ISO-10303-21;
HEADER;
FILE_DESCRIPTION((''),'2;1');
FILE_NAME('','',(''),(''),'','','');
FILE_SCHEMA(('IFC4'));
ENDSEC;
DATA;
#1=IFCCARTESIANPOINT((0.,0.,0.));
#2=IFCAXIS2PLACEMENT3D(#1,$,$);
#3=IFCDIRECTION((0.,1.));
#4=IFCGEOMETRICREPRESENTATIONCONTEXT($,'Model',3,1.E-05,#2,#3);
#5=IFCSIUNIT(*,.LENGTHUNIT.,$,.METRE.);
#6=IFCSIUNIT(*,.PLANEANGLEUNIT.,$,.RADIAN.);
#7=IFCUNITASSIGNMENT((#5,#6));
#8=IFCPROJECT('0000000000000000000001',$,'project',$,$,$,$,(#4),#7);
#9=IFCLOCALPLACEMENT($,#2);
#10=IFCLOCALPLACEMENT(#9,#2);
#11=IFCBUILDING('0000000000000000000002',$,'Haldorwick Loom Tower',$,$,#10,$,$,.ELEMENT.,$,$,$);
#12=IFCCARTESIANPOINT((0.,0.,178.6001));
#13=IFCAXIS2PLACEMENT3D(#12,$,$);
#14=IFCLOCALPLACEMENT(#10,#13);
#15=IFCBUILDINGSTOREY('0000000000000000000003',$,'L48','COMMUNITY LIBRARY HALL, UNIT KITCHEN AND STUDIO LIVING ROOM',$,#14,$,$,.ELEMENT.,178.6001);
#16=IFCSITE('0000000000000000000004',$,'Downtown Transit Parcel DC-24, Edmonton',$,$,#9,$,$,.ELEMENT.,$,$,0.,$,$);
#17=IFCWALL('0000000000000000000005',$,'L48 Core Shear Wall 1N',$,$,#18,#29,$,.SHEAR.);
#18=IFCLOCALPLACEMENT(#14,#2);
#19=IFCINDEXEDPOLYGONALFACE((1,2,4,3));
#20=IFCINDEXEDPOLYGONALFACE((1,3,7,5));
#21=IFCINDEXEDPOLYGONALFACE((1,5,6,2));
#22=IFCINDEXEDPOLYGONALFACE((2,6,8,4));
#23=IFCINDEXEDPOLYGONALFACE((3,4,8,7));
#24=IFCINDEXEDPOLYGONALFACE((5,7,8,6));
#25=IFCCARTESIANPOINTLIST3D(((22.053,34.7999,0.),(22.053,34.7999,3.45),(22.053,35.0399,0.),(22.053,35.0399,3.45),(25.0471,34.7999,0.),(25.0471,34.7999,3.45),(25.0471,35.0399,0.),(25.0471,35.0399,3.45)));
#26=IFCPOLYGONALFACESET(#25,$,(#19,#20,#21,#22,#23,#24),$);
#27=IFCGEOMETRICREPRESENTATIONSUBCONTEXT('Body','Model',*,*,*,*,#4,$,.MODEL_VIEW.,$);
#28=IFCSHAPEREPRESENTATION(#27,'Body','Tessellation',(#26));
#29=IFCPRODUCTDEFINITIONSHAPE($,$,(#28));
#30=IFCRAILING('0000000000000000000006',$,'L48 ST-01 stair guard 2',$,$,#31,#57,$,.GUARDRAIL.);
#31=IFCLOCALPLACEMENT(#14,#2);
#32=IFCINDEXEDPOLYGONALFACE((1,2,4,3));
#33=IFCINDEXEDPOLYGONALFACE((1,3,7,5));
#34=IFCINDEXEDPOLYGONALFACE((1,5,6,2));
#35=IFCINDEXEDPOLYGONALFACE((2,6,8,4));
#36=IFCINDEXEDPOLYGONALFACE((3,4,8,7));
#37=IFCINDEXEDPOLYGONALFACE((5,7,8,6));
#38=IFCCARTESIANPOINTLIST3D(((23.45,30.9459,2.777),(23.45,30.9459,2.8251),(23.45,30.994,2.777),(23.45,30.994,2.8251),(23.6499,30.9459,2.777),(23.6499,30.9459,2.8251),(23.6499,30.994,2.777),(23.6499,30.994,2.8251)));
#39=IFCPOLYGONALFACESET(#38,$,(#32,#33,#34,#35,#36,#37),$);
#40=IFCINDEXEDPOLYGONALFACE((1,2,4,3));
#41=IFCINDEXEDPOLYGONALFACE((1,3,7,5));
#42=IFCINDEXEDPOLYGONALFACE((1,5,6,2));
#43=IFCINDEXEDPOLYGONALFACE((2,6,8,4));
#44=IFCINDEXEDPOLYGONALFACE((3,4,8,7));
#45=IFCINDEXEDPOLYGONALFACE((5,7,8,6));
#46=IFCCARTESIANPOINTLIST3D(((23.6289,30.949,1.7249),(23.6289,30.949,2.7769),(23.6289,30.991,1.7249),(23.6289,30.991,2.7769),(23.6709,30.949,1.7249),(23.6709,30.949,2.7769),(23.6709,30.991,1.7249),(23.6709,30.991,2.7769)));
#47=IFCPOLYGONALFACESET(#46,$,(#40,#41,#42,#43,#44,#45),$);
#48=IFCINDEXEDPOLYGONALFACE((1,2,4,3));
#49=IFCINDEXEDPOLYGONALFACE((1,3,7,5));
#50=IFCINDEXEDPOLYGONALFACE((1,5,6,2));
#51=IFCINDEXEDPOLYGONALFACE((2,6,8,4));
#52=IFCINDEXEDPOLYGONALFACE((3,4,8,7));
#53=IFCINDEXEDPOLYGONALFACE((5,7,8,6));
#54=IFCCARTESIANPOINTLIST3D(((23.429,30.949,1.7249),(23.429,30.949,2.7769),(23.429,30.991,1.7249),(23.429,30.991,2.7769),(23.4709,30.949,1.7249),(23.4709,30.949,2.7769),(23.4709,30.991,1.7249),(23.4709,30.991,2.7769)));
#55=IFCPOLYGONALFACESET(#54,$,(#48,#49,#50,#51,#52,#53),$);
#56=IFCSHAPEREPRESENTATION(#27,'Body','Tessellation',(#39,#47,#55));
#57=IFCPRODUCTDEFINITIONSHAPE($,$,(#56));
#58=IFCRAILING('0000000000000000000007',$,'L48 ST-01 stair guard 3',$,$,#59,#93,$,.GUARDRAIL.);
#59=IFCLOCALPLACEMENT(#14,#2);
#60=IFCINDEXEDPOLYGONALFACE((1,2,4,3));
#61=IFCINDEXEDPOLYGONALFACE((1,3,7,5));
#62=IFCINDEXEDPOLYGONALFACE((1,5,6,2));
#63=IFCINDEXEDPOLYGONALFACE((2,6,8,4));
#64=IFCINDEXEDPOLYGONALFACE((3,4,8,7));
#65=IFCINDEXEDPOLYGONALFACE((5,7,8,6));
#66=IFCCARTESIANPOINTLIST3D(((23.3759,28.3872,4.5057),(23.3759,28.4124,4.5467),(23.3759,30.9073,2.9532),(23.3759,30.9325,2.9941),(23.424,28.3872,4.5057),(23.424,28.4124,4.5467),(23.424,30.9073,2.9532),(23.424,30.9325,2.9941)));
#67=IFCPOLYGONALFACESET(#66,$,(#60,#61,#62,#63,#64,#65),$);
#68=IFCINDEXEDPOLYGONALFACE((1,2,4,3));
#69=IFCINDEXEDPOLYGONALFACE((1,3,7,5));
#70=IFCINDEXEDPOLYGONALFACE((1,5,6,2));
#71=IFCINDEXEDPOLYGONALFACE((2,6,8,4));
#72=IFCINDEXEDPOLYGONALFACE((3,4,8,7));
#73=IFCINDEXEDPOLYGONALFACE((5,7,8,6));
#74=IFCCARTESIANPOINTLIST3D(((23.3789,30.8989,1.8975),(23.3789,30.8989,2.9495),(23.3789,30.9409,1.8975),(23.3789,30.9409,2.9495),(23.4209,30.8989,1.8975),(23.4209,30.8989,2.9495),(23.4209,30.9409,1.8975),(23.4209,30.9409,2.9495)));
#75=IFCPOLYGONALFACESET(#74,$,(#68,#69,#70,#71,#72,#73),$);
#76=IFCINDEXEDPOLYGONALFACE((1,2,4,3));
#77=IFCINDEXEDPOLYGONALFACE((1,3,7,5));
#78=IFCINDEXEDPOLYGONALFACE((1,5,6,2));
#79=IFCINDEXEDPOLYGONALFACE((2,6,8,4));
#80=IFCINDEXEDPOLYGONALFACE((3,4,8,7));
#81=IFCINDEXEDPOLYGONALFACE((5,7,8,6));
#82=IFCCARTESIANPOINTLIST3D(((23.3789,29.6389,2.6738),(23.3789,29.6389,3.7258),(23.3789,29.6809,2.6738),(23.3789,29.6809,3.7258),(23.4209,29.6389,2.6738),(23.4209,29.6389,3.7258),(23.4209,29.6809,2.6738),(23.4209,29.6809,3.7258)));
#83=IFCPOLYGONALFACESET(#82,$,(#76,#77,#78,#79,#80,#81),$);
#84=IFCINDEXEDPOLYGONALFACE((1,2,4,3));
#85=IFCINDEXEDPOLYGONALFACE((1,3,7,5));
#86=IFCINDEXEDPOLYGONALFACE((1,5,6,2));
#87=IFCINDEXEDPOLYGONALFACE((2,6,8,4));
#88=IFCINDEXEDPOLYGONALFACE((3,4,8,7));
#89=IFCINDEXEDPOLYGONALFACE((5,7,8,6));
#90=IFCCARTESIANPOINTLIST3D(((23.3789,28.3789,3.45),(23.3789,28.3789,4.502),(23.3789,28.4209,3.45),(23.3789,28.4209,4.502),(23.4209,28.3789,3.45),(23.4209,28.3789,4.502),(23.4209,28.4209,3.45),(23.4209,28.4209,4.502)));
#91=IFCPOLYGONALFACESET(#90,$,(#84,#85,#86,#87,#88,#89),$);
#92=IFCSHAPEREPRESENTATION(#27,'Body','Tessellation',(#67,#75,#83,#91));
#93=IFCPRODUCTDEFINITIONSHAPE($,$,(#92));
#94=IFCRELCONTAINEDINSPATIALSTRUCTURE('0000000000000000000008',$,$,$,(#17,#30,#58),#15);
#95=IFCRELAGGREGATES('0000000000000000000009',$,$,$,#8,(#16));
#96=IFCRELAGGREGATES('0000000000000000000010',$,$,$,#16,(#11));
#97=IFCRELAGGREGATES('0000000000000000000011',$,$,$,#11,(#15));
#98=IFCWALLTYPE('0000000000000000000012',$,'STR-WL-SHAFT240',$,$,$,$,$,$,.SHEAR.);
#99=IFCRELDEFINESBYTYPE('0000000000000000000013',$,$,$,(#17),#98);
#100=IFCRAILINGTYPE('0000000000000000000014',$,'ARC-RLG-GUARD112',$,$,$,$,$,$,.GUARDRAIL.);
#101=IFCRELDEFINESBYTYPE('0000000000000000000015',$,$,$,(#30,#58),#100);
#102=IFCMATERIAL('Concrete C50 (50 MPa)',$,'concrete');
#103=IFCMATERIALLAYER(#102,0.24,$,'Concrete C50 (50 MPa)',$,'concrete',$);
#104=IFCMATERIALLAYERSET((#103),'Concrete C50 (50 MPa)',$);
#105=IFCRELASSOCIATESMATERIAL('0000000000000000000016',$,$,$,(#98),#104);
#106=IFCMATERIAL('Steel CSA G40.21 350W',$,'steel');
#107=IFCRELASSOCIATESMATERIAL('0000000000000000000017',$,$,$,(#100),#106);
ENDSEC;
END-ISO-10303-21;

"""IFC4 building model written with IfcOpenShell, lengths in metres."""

from ifc_helpers import new_model, si_unit, direction, frame, frame_2d, origin, origin_2d, place, context, subcontext, project, spatial, rectangle, extrude, material, layer, layer_set, type_object, element, save


model = new_model("IFC4")

# Units and contexts
model_context = context("Model", 3, precision=1e-05, world=origin(), true_north=direction((0.0, 1.0)))
body_context = subcontext(model_context, "Body", "Model", "MODEL_VIEW")
ifc_project = project(units=[si_unit("LENGTHUNIT", "METRE"), si_unit("PLANEANGLEUNIT", "RADIAN")], contexts=[model_context])

# Site, building, storey
site_placement = place(None, origin())
site = spatial("IfcSite", under=ifc_project, at=site_placement, Name="Downtown Transit Parcel DC-24, Edmonton", CompositionType="ELEMENT", RefElevation=0.0)
building_placement = place(site_placement, origin())
building = spatial("IfcBuilding", under=site, at=building_placement, Name="Haldorwick Loom Tower", CompositionType="ELEMENT")
storey_placement = place(building_placement, frame((0.0, 0.0, 178.6001)))
storey = spatial("IfcBuildingStorey", under=building, at=storey_placement, Name="L48", Description="COMMUNITY LIBRARY HALL, UNIT KITCHEN AND STUDIO LIVING ROOM", CompositionType="ELEMENT", Elevation=178.6001)

# Shared definitions
ifc_material_1 = material(Name="Steel CSA G40.21 350W", Category="steel")

# Wall
ifc_material_2 = material(Name="Concrete C50 (50 MPa)", Category="concrete")
ifc_layer = layer(ifc_material_2, 0.24, Name="Concrete C50 (50 MPa)", Category="concrete")
ifc_layer_set = layer_set([ifc_layer], Name="Concrete C50 (50 MPa)")
wall_type = type_object("IfcWallType", Name="STR-WL-SHAFT240", PredefinedType="SHEAR", material=ifc_layer_set)
wall_1_placement = place(storey_placement, frame((22.053, 34.9199, 0.0), z_axis=(0.0, 0.0, 1.0), x_axis=(1.0, 0.0, 0.0)))
element("IfcWall", 1, at=wall_1_placement, inside=storey, type_object=wall_type, Name="L48 Core Shear Wall 1N", PredefinedType="SHEAR", context=body_context, shape_type="SweptSolid", body=[
    extrude(rectangle(XDim=2.9941, YDim=0.24, at=frame_2d((1.4971, 0.0))), origin(), (0.0, 0.0, 1.0), 3.45),
])

# Railings
railing_type = type_object("IfcRailingType", Name="ARC-RLG-GUARD112", PredefinedType="GUARDRAIL", material=ifc_material_1)
railing_1_placement = place(storey_placement, frame((23.6499, 30.97, 1.7249)))
element("IfcRailing", 2, at=railing_1_placement, inside=storey, type_object=railing_type, Name="L48 ST-01 stair guard 2", PredefinedType="GUARDRAIL", context=body_context, shape_type="SweptSolid", body=[
    extrude(rectangle(XDim=0.0481, YDim=0.0481, at=origin_2d()), frame((0.0, 0.0, 1.0762), z_axis=(-1.0, 0.0, 0.0), x_axis=(0.0, -1.0, 0.0)), (0.0, 0.0, 1.0), 0.2),
    extrude(rectangle(XDim=0.042, YDim=0.042, at=origin_2d()), origin(), (0.0, 0.0, 1.0), 1.052),
    extrude(rectangle(XDim=0.042, YDim=0.042, at=origin_2d()), frame((-0.2, 0.0, 0.0)), (0.0, 0.0, 1.0), 1.052),
])
railing_2_placement = place(storey_placement, frame((23.3999, 30.9199, 1.8975)))
element("IfcRailing", 3, at=railing_2_placement, inside=storey, type_object=railing_type, Name="L48 ST-01 stair guard 3", PredefinedType="GUARDRAIL", context=body_context, shape_type="SweptSolid", body=[
    extrude(rectangle(XDim=0.0481, YDim=0.0481, at=origin_2d()), frame((0.0, 0.0, 1.0762), z_axis=(0.0, -0.8514, 0.524516), x_axis=(1.0, 0.0, 0.0)), (0.0, 0.0, 1.0), 2.96),
    extrude(rectangle(XDim=0.042, YDim=0.042, at=origin_2d()), origin(), (0.0, 0.0, 1.0), 1.052),
    extrude(rectangle(XDim=0.042, YDim=0.042, at=origin_2d()), frame((0.0, -1.26, 0.7764)), (0.0, 0.0, 1.0), 1.052),
    extrude(rectangle(XDim=0.042, YDim=0.042, at=origin_2d()), frame((0.0, -2.52, 1.5525)), (0.0, 0.0, 1.0), 1.052),
])

save(model, "model.ifc")
